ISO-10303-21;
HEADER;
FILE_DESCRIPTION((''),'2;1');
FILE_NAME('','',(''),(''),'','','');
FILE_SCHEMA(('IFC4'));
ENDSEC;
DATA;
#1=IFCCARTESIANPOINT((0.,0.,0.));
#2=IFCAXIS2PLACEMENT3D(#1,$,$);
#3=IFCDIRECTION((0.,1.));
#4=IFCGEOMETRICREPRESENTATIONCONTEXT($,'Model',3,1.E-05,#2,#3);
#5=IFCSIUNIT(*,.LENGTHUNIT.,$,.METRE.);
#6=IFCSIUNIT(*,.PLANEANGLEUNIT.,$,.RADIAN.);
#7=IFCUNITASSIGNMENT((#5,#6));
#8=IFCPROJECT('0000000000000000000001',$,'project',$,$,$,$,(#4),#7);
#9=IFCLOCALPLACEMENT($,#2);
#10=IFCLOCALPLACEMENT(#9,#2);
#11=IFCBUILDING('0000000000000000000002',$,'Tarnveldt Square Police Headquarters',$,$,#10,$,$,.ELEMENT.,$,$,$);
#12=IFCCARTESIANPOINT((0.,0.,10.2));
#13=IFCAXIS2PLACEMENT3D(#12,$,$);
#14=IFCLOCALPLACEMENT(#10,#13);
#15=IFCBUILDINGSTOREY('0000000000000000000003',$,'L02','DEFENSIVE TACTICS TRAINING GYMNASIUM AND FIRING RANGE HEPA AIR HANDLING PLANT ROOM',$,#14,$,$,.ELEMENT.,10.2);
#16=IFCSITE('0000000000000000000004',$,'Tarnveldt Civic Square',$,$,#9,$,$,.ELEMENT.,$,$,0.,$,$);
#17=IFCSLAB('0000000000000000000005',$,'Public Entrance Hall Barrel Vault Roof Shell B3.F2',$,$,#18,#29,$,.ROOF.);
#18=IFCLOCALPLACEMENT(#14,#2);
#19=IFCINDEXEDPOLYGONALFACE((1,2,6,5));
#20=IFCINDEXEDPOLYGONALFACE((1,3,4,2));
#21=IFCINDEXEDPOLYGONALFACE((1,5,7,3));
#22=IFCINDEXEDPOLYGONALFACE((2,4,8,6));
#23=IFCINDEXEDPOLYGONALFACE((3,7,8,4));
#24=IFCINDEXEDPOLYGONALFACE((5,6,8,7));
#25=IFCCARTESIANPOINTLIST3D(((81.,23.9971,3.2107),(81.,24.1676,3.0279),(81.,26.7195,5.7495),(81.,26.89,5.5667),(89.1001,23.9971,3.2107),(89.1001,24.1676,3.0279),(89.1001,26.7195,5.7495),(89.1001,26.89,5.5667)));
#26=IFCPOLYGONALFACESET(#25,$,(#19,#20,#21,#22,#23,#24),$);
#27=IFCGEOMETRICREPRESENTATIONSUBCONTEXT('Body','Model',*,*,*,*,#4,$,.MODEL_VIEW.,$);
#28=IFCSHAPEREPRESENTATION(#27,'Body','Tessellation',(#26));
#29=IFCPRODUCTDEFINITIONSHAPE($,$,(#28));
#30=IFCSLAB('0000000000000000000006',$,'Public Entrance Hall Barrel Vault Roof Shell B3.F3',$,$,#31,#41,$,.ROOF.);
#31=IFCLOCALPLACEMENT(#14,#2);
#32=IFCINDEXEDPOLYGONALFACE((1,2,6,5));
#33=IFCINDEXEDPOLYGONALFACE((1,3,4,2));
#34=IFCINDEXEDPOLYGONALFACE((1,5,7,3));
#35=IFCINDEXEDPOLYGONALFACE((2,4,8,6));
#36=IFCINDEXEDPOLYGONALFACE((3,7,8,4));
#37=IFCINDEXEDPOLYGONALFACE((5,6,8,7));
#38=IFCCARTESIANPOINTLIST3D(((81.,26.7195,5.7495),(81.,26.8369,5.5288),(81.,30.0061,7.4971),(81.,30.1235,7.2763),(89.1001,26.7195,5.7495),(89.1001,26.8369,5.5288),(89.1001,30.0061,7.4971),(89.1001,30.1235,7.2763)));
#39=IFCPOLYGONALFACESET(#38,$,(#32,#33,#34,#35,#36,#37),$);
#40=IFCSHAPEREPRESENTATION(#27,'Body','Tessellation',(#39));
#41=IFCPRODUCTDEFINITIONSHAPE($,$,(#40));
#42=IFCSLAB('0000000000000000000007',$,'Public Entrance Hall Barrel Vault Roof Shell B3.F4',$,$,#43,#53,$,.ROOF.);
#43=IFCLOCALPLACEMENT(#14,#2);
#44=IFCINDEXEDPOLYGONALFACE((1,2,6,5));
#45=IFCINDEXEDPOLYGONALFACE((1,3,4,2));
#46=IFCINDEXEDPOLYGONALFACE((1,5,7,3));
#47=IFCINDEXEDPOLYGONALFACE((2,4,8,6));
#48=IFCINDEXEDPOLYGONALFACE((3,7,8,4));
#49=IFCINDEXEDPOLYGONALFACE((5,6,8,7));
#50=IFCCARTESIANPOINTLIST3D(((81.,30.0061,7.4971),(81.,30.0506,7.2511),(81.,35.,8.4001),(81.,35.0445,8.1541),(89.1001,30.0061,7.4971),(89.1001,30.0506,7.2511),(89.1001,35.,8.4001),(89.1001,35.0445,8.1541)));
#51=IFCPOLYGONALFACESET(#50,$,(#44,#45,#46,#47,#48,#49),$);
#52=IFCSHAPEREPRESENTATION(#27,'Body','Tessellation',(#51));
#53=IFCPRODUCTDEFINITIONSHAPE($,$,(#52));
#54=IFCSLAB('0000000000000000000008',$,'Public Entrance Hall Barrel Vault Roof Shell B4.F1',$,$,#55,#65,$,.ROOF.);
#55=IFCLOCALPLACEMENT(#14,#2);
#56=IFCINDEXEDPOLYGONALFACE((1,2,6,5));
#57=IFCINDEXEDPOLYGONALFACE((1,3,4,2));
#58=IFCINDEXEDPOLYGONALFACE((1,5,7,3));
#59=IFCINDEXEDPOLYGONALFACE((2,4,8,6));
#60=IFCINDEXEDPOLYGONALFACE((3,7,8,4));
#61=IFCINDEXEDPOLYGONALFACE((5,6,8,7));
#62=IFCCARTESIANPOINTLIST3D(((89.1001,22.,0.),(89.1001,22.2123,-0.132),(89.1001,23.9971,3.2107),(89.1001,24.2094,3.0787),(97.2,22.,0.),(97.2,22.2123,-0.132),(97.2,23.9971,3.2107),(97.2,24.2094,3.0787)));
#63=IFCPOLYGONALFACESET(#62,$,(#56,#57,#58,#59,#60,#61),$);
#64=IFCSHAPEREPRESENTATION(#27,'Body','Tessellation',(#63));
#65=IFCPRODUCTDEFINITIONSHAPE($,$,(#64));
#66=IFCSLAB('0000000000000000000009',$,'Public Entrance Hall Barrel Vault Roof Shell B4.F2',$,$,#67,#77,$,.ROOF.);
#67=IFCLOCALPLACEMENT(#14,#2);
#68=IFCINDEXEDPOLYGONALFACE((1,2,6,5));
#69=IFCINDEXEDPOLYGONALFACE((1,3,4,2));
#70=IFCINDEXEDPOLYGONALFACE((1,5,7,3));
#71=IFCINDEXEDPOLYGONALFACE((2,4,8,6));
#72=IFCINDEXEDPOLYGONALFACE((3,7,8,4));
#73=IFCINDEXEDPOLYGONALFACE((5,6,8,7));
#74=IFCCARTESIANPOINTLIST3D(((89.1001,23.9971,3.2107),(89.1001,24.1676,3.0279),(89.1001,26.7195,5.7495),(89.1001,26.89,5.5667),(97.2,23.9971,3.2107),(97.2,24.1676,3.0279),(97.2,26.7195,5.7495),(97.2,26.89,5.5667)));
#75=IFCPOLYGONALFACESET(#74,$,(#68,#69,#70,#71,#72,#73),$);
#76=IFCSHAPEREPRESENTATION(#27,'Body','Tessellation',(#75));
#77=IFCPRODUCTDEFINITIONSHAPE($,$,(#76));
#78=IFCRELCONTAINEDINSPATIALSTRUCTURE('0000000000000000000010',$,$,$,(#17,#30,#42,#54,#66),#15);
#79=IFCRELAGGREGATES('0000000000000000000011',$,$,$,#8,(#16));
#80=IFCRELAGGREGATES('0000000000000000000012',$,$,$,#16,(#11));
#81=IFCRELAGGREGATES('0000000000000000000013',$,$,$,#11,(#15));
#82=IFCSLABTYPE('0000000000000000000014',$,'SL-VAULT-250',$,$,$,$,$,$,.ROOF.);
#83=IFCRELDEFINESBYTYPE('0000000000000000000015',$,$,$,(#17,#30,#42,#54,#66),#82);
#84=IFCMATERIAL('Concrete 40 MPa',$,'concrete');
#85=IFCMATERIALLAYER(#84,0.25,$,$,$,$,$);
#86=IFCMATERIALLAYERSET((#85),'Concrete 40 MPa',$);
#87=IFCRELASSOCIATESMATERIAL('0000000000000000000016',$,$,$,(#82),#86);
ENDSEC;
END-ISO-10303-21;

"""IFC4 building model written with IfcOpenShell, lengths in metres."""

from ifc_helpers import new_model, si_unit, direction, frame, origin, place, context, subcontext, project, spatial, polyline, outline, extrude, material, layer, layer_set, type_object, element, save


model = new_model("IFC4")

# Units and contexts
model_context = context("Model", 3, precision=1e-05, world=origin(), true_north=direction((0.0, 1.0)))
body_context = subcontext(model_context, "Body", "Model", "MODEL_VIEW")
ifc_project = project(units=[si_unit("LENGTHUNIT", "METRE"), si_unit("PLANEANGLEUNIT", "RADIAN")], contexts=[model_context])

# Site, building, storey
site_placement = place(None, origin())
site = spatial("IfcSite", under=ifc_project, at=site_placement, Name="Tarnveldt Civic Square", CompositionType="ELEMENT", RefElevation=0.0)
building_placement = place(site_placement, origin())
building = spatial("IfcBuilding", under=site, at=building_placement, Name="Tarnveldt Square Police Headquarters", CompositionType="ELEMENT")
storey_placement = place(building_placement, frame((0.0, 0.0, 10.2)))
storey = spatial("IfcBuildingStorey", under=building, at=storey_placement, Name="L02", Description="DEFENSIVE TACTICS TRAINING GYMNASIUM AND FIRING RANGE HEPA AIR HANDLING PLANT ROOM", CompositionType="ELEMENT", Elevation=10.2)

# Shared definitions
ifc_material = material(Name="Concrete 40 MPa", Category="concrete")

# Slabs
ifc_layer = layer(ifc_material, 0.25)
ifc_layer_set = layer_set([ifc_layer], Name="Concrete 40 MPa")
slab_type = type_object("IfcSlabType", Name="SL-VAULT-250", PredefinedType="ROOF", material=ifc_layer_set)
slab_1_placement = place(storey_placement, frame((81.0, 23.9971, 3.2107), z_axis=(0.0, -0.682017, 0.731337), x_axis=(1.0, 0.0, 0.0)))
element("IfcSlab", 1, at=slab_1_placement, inside=storey, type_object=slab_type, Name="Public Entrance Hall Barrel Vault Roof Shell B3.F2", PredefinedType="ROOF", context=body_context, shape_type="SweptSolid", body=[
    extrude(outline(polyline([(0.0, 0.0), (8.1001, 0.0), (8.1001, 3.7225), (0.0, 3.7225), (0.0, 0.0)])), origin(), (0.0, 0.0, -1.0), 0.25),
])
slab_2_placement = place(storey_placement, frame((81.0, 26.7195, 5.7495), z_axis=(0.0, -0.469478, 0.882944), x_axis=(1.0, 0.0, 0.0)))
element("IfcSlab", 2, at=slab_2_placement, inside=storey, type_object=slab_type, Name="Public Entrance Hall Barrel Vault Roof Shell B3.F3", PredefinedType="ROOF", context=body_context, shape_type="SweptSolid", body=[
    extrude(outline(polyline([(0.0, 0.0), (8.1001, 0.0), (8.1001, 3.7223), (0.0, 3.7223), (0.0, 0.0)])), origin(), (0.0, 0.0, -1.0), 0.25),
])
slab_3_placement = place(storey_placement, frame((81.0, 30.0061, 7.4971), z_axis=(0.0, -0.17795, 0.98404), x_axis=(1.0, 0.0, 0.0)))
element("IfcSlab", 3, at=slab_3_placement, inside=storey, type_object=slab_type, Name="Public Entrance Hall Barrel Vault Roof Shell B3.F4", PredefinedType="ROOF", context=body_context, shape_type="SweptSolid", body=[
    extrude(outline(polyline([(0.0, 0.0), (8.1001, 0.0), (8.1001, 5.0749), (0.0, 5.0749), (0.0, 0.0)])), origin(), (0.0, 0.0, -1.0), 0.25),
])
slab_4_placement = place(storey_placement, frame((89.1001, 22.0, 0.0), z_axis=(0.0, -0.849139, 0.528169), x_axis=(1.0, 0.0, 0.0)))
element("IfcSlab", 4, at=slab_4_placement, inside=storey, type_object=slab_type, Name="Public Entrance Hall Barrel Vault Roof Shell B4.F1", PredefinedType="ROOF", context=body_context, shape_type="SweptSolid", body=[
    extrude(outline(polyline([(0.0, 0.0), (8.0999, 0.0), (8.0999, 3.7811), (0.0, 3.7811), (0.0, 0.0)])), origin(), (0.0, 0.0, -1.0), 0.25),
])
slab_5_placement = place(storey_placement, frame((89.1001, 23.9971, 3.2107), z_axis=(0.0, -0.682017, 0.731337), x_axis=(1.0, 0.0, 0.0)))
element("IfcSlab", 5, at=slab_5_placement, inside=storey, type_object=slab_type, Name="Public Entrance Hall Barrel Vault Roof Shell B4.F2", PredefinedType="ROOF", context=body_context, shape_type="SweptSolid", body=[
    extrude(outline(polyline([(0.0, 0.0), (8.0999, 0.0), (8.0999, 3.7225), (0.0, 3.7225), (0.0, 0.0)])), origin(), (0.0, 0.0, -1.0), 0.25),
])

save(model, "model.ifc")
